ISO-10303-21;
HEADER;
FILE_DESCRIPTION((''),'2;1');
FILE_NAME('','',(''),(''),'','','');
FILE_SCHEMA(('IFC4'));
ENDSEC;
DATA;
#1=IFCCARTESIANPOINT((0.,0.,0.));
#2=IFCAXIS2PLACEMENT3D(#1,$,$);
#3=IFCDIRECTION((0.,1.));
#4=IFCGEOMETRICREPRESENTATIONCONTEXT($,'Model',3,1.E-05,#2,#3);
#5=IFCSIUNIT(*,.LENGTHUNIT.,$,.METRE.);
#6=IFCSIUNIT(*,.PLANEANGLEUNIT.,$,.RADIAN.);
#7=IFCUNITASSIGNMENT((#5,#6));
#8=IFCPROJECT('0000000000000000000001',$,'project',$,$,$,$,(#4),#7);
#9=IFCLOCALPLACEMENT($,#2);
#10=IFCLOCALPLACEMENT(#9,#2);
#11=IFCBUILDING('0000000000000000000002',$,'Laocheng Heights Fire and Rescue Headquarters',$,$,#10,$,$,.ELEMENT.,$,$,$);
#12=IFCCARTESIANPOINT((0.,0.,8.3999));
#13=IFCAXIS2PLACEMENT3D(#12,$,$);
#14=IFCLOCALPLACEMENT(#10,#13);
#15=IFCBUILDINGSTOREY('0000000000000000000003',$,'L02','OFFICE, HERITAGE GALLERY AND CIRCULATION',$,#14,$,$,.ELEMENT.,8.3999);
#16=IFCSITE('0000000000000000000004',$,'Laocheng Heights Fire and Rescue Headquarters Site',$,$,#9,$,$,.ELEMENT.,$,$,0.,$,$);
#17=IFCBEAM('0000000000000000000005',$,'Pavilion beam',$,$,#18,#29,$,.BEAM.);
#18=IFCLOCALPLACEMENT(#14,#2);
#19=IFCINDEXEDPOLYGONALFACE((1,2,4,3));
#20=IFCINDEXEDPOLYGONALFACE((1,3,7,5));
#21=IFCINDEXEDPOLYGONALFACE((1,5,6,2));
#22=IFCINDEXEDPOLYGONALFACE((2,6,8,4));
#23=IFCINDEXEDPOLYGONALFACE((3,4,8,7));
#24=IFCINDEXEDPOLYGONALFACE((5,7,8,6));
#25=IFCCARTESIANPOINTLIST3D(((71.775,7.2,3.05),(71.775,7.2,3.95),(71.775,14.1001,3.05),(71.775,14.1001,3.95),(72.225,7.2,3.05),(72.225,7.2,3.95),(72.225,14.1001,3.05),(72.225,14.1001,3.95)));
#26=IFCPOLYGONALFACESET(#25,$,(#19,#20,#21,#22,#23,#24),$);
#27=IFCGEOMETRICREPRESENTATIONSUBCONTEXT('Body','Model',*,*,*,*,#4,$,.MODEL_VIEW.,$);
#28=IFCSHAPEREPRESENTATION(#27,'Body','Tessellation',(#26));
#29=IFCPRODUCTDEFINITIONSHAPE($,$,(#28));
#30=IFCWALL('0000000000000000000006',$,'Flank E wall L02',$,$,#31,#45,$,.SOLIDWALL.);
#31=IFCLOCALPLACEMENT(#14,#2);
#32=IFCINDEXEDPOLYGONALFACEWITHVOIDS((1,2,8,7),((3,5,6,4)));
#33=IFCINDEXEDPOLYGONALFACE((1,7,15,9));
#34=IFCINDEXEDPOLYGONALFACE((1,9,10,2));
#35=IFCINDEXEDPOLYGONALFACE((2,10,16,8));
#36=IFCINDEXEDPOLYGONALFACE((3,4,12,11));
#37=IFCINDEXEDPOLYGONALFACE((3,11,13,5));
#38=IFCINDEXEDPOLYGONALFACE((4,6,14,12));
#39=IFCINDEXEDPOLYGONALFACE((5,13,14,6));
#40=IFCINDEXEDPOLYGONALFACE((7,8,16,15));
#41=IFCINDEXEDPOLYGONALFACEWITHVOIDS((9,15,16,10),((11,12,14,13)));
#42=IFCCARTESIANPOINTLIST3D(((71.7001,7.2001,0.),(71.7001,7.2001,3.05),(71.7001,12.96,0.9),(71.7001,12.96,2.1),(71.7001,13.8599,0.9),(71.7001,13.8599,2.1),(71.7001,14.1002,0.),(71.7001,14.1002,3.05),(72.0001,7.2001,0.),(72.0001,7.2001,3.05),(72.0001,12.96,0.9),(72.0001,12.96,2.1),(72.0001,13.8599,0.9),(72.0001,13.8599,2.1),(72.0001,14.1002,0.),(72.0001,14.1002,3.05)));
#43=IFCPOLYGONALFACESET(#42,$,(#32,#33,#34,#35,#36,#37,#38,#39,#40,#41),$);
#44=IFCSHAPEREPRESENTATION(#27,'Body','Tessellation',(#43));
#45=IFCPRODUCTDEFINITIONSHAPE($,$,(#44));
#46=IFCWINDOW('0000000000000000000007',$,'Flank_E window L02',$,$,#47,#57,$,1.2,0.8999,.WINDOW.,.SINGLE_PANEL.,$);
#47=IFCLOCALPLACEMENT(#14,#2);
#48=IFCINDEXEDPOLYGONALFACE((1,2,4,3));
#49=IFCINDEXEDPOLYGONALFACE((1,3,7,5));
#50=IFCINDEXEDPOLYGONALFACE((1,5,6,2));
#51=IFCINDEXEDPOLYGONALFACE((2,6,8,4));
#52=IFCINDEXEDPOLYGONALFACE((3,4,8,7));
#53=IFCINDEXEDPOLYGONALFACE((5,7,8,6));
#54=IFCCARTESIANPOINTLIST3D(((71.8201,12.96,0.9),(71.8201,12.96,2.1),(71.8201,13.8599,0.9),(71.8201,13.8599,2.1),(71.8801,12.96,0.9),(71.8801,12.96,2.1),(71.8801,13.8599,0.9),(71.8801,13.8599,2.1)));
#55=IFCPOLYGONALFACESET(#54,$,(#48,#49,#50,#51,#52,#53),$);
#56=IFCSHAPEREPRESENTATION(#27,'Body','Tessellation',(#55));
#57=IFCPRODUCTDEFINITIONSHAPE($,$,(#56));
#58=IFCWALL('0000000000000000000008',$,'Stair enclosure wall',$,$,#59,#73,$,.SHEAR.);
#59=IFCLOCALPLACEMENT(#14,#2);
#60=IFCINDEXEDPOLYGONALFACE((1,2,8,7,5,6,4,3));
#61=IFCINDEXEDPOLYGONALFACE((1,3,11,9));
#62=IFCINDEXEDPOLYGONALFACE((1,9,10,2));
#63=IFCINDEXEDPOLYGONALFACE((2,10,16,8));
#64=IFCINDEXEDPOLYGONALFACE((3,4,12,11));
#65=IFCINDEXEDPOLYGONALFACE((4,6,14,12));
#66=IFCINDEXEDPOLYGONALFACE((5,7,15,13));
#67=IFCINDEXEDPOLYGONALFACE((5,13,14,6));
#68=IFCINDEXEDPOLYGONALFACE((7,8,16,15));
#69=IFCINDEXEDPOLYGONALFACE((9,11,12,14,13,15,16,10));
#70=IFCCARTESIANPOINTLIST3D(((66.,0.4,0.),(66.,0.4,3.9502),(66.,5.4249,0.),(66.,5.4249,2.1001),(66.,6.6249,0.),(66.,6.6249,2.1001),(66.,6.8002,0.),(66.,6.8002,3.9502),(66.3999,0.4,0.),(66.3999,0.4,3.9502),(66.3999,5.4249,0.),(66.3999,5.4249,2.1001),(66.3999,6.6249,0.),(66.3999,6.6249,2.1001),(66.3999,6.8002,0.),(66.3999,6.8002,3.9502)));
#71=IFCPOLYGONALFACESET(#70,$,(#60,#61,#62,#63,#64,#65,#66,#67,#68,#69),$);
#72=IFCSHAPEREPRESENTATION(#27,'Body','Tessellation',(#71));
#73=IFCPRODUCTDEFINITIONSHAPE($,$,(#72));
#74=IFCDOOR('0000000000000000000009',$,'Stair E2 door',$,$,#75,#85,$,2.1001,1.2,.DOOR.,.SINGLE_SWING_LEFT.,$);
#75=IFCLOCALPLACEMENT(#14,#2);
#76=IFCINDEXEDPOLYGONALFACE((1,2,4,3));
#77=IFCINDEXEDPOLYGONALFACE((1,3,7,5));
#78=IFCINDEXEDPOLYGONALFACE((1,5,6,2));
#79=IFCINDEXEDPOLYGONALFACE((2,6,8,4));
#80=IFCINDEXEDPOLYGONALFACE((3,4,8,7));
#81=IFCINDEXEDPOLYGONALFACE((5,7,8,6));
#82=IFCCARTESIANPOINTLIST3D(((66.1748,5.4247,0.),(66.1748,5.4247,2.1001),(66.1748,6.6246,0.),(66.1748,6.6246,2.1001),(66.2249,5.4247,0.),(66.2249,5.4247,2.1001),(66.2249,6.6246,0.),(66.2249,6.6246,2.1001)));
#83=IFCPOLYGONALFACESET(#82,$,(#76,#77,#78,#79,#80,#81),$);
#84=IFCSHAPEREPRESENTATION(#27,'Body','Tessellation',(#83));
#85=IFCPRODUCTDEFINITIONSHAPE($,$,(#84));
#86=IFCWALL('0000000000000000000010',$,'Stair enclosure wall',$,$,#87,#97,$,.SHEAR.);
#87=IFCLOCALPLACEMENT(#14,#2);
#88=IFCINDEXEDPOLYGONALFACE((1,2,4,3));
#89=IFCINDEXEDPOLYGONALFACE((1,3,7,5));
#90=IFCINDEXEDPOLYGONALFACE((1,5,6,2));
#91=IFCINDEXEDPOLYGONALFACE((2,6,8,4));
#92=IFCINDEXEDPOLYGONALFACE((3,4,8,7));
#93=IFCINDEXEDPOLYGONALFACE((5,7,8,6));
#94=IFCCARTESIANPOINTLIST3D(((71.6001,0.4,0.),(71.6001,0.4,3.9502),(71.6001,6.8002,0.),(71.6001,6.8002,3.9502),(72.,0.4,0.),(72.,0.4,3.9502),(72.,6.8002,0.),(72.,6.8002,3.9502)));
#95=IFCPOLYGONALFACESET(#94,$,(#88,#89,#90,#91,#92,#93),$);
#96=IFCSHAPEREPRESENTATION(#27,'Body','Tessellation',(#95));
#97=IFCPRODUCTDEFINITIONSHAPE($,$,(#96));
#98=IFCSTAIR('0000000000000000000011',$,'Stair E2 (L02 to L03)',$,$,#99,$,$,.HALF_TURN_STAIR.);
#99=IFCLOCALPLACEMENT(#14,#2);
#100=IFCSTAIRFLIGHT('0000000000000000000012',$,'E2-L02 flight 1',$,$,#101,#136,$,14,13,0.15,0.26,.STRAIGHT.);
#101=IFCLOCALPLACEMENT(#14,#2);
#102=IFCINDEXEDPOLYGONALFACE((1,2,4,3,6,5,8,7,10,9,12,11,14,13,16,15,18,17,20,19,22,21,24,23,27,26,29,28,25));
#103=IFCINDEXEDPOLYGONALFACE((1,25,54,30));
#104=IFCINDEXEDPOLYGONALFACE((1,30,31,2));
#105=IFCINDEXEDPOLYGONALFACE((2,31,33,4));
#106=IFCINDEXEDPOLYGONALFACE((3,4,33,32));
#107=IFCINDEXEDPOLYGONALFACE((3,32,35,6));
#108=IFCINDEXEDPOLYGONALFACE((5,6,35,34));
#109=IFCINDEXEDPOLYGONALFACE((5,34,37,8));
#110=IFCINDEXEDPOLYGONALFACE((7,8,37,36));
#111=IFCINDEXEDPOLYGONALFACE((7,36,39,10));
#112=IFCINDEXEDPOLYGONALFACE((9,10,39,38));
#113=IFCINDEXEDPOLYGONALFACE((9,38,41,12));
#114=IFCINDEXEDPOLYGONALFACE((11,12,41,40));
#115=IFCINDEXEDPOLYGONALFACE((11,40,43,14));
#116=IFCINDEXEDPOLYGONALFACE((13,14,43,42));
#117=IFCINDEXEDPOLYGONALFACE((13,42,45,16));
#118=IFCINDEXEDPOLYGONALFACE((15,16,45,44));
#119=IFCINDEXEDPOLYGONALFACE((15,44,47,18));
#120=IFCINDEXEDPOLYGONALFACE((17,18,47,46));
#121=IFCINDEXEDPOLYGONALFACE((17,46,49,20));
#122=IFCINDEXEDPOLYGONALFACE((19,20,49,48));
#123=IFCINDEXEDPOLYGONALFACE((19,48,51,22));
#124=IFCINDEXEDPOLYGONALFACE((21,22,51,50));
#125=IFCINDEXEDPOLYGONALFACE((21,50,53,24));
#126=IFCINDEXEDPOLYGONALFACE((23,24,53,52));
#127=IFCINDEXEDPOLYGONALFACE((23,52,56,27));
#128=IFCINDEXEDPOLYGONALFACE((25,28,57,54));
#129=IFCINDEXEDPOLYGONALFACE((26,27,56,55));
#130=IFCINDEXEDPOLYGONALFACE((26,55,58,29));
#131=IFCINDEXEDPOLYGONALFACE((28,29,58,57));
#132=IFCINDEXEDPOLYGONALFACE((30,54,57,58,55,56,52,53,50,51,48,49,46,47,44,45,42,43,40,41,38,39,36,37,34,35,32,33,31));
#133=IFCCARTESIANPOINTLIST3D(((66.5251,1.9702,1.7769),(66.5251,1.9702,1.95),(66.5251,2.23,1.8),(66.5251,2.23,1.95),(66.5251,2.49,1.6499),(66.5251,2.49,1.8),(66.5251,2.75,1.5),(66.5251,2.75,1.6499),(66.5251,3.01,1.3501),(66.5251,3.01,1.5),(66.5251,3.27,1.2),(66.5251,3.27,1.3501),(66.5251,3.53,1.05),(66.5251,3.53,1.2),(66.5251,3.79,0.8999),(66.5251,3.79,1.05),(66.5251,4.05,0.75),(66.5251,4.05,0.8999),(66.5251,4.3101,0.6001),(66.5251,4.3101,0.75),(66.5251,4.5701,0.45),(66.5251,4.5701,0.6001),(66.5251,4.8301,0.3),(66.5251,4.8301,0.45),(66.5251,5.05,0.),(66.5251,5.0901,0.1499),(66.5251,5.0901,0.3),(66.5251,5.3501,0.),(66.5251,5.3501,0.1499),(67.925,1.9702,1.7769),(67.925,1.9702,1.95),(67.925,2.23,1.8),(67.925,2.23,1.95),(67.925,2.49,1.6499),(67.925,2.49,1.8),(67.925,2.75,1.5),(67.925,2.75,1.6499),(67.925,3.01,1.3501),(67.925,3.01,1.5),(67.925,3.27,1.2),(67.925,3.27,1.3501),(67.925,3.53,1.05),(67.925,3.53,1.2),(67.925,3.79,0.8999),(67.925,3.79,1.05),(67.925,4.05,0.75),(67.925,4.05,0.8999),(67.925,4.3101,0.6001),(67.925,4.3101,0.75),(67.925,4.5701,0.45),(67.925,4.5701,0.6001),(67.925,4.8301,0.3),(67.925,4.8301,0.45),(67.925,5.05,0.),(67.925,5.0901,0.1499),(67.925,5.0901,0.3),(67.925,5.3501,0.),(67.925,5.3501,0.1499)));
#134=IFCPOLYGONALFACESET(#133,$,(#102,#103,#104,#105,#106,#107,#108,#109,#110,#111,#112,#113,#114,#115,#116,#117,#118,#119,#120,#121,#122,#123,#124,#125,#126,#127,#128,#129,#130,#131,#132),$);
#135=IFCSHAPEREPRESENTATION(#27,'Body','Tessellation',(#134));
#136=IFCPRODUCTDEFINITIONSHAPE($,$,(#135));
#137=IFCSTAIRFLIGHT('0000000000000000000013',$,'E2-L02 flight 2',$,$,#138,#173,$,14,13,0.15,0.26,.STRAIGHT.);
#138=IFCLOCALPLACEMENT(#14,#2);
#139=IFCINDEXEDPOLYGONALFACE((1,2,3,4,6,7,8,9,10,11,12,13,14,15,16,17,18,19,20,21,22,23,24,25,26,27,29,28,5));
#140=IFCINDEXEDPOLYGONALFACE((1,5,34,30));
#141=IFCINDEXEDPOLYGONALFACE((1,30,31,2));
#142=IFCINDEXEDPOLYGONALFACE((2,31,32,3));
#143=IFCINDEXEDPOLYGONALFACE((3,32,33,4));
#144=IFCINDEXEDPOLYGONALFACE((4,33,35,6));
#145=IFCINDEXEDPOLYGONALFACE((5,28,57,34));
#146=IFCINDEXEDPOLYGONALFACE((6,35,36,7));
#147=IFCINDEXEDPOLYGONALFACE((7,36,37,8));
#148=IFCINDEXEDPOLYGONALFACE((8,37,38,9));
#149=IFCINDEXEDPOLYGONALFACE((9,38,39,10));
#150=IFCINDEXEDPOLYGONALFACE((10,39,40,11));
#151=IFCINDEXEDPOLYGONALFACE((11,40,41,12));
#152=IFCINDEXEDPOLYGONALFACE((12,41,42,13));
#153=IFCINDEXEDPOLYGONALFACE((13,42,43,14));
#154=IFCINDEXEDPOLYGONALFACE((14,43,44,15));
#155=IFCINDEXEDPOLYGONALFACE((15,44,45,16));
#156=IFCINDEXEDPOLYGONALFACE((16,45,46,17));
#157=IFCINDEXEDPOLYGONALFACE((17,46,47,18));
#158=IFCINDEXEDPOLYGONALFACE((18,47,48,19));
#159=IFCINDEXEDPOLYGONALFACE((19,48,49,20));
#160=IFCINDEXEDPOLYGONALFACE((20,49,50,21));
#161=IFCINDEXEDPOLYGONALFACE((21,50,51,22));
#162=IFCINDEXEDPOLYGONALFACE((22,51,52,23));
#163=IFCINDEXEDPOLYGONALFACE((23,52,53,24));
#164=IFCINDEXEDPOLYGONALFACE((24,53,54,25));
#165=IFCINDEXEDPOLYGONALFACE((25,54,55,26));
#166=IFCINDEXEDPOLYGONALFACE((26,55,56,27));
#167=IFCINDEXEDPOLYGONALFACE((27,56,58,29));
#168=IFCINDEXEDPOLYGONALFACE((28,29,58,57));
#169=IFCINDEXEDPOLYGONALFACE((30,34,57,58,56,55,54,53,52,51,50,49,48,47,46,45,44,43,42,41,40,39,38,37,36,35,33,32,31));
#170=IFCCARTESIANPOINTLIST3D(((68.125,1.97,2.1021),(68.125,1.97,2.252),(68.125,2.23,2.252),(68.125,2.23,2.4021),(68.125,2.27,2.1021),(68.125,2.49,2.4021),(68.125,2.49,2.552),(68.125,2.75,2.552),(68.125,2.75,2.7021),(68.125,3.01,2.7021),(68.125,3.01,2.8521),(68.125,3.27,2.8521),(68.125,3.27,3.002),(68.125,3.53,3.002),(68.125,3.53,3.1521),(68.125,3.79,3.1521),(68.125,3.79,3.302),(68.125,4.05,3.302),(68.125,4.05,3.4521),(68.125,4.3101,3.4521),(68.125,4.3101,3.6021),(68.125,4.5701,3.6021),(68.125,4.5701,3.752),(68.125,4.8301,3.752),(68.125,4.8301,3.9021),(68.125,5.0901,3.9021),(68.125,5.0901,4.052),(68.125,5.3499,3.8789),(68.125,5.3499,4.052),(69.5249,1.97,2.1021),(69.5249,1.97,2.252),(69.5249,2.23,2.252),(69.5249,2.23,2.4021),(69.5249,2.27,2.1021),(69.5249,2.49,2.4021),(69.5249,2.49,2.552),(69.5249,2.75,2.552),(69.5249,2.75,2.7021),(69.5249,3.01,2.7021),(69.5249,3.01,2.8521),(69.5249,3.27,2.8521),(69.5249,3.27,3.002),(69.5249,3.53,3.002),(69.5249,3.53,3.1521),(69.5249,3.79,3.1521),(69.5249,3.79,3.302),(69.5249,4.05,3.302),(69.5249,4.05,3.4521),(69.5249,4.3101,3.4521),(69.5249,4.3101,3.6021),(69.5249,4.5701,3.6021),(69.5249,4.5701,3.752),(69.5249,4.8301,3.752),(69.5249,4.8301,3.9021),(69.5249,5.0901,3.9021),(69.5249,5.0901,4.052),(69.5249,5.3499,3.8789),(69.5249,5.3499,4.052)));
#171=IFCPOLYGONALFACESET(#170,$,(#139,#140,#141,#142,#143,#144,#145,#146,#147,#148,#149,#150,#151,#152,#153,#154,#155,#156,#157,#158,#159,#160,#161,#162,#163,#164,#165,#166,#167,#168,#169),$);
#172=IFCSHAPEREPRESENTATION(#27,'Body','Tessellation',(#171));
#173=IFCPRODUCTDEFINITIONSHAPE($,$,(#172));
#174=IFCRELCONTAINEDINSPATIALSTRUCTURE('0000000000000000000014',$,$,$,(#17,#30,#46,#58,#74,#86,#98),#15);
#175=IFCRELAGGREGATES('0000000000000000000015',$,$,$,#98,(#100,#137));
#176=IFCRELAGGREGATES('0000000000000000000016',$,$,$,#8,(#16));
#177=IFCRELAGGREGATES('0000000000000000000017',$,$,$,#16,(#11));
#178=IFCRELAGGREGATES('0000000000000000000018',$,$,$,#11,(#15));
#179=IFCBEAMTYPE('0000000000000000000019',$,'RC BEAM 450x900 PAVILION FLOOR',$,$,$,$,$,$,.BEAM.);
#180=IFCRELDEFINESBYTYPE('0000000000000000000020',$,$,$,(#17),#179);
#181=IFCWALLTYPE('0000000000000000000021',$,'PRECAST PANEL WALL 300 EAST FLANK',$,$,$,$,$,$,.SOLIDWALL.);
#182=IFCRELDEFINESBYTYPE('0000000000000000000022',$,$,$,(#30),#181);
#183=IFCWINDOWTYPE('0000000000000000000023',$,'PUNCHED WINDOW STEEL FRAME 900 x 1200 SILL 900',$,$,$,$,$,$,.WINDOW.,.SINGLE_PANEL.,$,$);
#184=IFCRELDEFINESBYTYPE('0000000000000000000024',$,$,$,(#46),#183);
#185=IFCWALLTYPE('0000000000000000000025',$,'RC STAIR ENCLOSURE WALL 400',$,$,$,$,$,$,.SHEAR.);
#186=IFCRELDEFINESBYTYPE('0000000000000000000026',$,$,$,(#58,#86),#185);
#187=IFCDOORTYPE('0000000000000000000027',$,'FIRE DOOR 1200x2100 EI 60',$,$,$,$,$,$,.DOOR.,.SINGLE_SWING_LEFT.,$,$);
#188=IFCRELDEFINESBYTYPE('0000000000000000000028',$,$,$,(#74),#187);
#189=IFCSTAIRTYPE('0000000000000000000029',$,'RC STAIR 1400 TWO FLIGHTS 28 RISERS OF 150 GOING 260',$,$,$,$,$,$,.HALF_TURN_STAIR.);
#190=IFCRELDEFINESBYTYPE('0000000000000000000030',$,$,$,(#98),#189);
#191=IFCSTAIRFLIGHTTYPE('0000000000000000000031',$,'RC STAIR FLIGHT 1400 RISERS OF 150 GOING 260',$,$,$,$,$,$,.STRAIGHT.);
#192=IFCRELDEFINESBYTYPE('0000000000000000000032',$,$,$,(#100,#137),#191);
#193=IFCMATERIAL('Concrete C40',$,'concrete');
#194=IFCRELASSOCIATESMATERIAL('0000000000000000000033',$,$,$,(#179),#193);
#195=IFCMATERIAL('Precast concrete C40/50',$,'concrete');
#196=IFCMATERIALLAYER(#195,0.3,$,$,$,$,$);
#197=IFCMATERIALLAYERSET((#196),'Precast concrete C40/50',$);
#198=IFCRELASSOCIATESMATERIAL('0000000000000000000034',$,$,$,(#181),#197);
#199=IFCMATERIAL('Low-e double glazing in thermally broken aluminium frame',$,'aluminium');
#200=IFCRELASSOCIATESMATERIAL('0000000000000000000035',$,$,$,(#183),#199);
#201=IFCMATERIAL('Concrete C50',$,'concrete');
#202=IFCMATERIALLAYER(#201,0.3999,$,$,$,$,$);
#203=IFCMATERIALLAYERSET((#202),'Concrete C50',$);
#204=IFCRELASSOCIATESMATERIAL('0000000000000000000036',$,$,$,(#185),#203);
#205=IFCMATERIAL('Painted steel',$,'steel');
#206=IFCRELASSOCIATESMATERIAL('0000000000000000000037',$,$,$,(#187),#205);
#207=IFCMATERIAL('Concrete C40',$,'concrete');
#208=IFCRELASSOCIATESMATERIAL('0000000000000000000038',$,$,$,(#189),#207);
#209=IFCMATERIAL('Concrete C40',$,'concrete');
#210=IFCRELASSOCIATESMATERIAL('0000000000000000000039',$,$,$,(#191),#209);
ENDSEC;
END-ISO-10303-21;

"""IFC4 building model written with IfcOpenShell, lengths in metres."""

from ifc_helpers import new_model, si_unit, direction, frame, frame_2d, origin, origin_2d, place, context, subcontext, project, spatial, polyline, rectangle, outline, extrude, material, layer, layer_set, material_profile, profile_set, type_object, element, fill, aggregate, save


model = new_model("IFC4")

# Units and contexts
model_context = context("Model", 3, precision=1e-05, world=origin(), true_north=direction((0.0, 1.0)))
body_context = subcontext(model_context, "Body", "Model", "MODEL_VIEW")
ifc_project = project(units=[si_unit("LENGTHUNIT", "METRE"), si_unit("PLANEANGLEUNIT", "RADIAN")], contexts=[model_context])

# Site, building, storey
site_placement = place(None, origin())
site = spatial("IfcSite", under=ifc_project, at=site_placement, Name="Laocheng Heights Fire and Rescue Headquarters Site", CompositionType="ELEMENT", RefElevation=0.0)
building_placement = place(site_placement, origin())
building = spatial("IfcBuilding", under=site, at=building_placement, Name="Laocheng Heights Fire and Rescue Headquarters", CompositionType="ELEMENT")
storey_placement = place(building_placement, frame((0.0, 0.0, 8.3999)))
storey = spatial("IfcBuildingStorey", under=building, at=storey_placement, Name="L02", Description="OFFICE, HERITAGE GALLERY AND CIRCULATION", CompositionType="ELEMENT", Elevation=8.3999)

# Beam
ifc_material_1 = material(Name="Concrete C40", Category="concrete")
ifc_material_profile = material_profile(ifc_material_1, rectangle(XDim=0.45, YDim=0.8999, at=origin_2d()), Name="RC BEAM 450x900 PAVILION FLOOR")
ifc_profile_set = profile_set([ifc_material_profile], Name="Concrete C40")
beam_type = type_object("IfcBeamType", Name="RC BEAM 450x900 PAVILION FLOOR", PredefinedType="BEAM", material=ifc_profile_set)
beam_placement = place(storey_placement, frame((72.0, 7.2, 3.5), z_axis=(0.0, 1.0, 0.0), x_axis=(-1.0, 0.0, 0.0)))
element("IfcBeam", 1, at=beam_placement, inside=storey, type_object=beam_type, Name="Pavilion beam", PredefinedType="BEAM", context=body_context, shape_type="SweptSolid", body=[
    extrude(rectangle(XDim=0.45, YDim=0.8999, at=origin_2d()), origin(), (0.0, 0.0, 1.0), 6.9001),
])

# Wall, opening, window
ifc_material_2 = material(Name="Precast concrete C40/50", Category="concrete")
ifc_layer_1 = layer(ifc_material_2, 0.3)
ifc_layer_set_1 = layer_set([ifc_layer_1], Name="Precast concrete C40/50")
wall_type_1 = type_object("IfcWallType", Name="PRECAST PANEL WALL 300 EAST FLANK", PredefinedType="SOLIDWALL", material=ifc_layer_set_1)
wall_1_placement = place(storey_placement, frame((71.8501, 7.2, 0.0), z_axis=(0.0, 0.0, 1.0), x_axis=(0.0, 1.0, 0.0)))
wall_1 = element("IfcWall", 2, at=wall_1_placement, inside=storey, type_object=wall_type_1, Name="Flank E wall L02", PredefinedType="SOLIDWALL", context=body_context, shape_type="SweptSolid", body=[
    extrude(rectangle(XDim=6.9001, YDim=0.3, at=frame_2d((3.4502, 0.0))), origin(), (0.0, 0.0, 1.0), 3.05),
])
opening_1_placement = place(wall_1_placement, frame((5.76, 0.0, 0.8999)))
opening_1 = element("IfcOpeningElement", 3, at=opening_1_placement, cuts=wall_1, PredefinedType="OPENING", context=body_context, shape_type="SweptSolid", body=[
    extrude(rectangle(XDim=0.8999, YDim=1.2, at=frame_2d((0.45, 0.6001))), frame((0.0, 0.1599, 0.0), z_axis=(0.0, -1.0, 0.0), x_axis=(1.0, 0.0, 0.0)), (0.0, 0.0, 1.0), 0.3201),
])
ifc_material_3 = material(Name="Low-e double glazing in thermally broken aluminium frame", Category="aluminium")
window_type = type_object("IfcWindowType", Name="PUNCHED WINDOW STEEL FRAME 900 x 1200 SILL 900", PartitioningType="SINGLE_PANEL", PredefinedType="WINDOW", material=ifc_material_3)
window_placement = place(opening_1_placement, origin())
window = element("IfcWindow", 4, at=window_placement, inside=storey, type_object=window_type, Name="Flank_E window L02", OverallHeight=1.2, OverallWidth=0.8999, PartitioningType="SINGLE_PANEL", PredefinedType="WINDOW", context=body_context, shape_type="SweptSolid", body=[
    extrude(rectangle(XDim=0.8999, YDim=1.2, at=frame_2d((0.45, 0.6001))), frame((0.0, 0.03, 0.0), z_axis=(0.0, -1.0, 0.0), x_axis=(1.0, 0.0, 0.0)), (0.0, 0.0, 1.0), 0.0601),
])
fill(opening_1, window)

# Wall, opening, door
ifc_material_4 = material(Name="Concrete C50", Category="concrete")
ifc_layer_2 = layer(ifc_material_4, 0.3999)
ifc_layer_set_2 = layer_set([ifc_layer_2], Name="Concrete C50")
wall_type_2 = type_object("IfcWallType", Name="RC STAIR ENCLOSURE WALL 400", PredefinedType="SHEAR", material=ifc_layer_set_2)
wall_2_placement = place(storey_placement, frame((66.2, 0.3999, 0.0), z_axis=(0.0, 0.0, 1.0), x_axis=(0.0, 1.0, 0.0)))
wall_2 = element("IfcWall", 5, at=wall_2_placement, inside=storey, type_object=wall_type_2, Name="Stair enclosure wall", PredefinedType="SHEAR", context=body_context, shape_type="SweptSolid", body=[
    extrude(rectangle(XDim=6.4001, YDim=0.3999, at=frame_2d((3.2002, 0.0))), origin(), (0.0, 0.0, 1.0), 3.9502),
])
opening_2_placement = place(wall_2_placement, frame((5.0249, 0.0, 0.0)))
opening_2 = element("IfcOpeningElement", 6, at=opening_2_placement, cuts=wall_2, PredefinedType="OPENING", context=body_context, shape_type="SweptSolid", body=[
    extrude(rectangle(XDim=1.2, YDim=2.1001, at=frame_2d((0.6001, 1.05))), frame((0.0, 0.21, 0.0), z_axis=(0.0, -1.0, 0.0), x_axis=(1.0, 0.0, 0.0)), (0.0, 0.0, 1.0), 0.4199),
])
ifc_material_5 = material(Name="Painted steel", Category="steel")
door_type = type_object("IfcDoorType", Name="FIRE DOOR 1200x2100 EI 60", OperationType="SINGLE_SWING_LEFT", PredefinedType="DOOR", material=ifc_material_5)
door_placement = place(opening_2_placement, frame((1.2, 0.0, 0.0), z_axis=(0.0, 0.0, 1.0), x_axis=(-1.0, 0.0, 0.0)))
door = element("IfcDoor", 7, at=door_placement, inside=storey, type_object=door_type, Name="Stair E2 door", OperationType="SINGLE_SWING_LEFT", OverallHeight=2.1001, OverallWidth=1.2, PredefinedType="DOOR", context=body_context, shape_type="SweptSolid", body=[
    extrude(rectangle(XDim=1.2, YDim=2.1001, at=frame_2d((0.6001, 1.05))), frame((0.0, 0.0249, 0.0), z_axis=(0.0, -1.0, 0.0), x_axis=(1.0, 0.0, 0.0)), (0.0, 0.0, 1.0), 0.05),
])
fill(opening_2, door)

# Wall
wall_3_placement = place(storey_placement, frame((71.8, 0.3999, 0.0), z_axis=(0.0, 0.0, 1.0), x_axis=(0.0, 1.0, 0.0)))
element("IfcWall", 8, at=wall_3_placement, inside=storey, type_object=wall_type_2, Name="Stair enclosure wall", PredefinedType="SHEAR", context=body_context, shape_type="SweptSolid", body=[
    extrude(rectangle(XDim=6.4001, YDim=0.3999, at=frame_2d((3.2002, 0.0))), origin(), (0.0, 0.0, 1.0), 3.9502),
])

# Stair, stair flights
ifc_material_6 = material(Name="Concrete C40", Category="concrete")
stair_type = type_object("IfcStairType", Name="RC STAIR 1400 TWO FLIGHTS 28 RISERS OF 150 GOING 260", PredefinedType="HALF_TURN_STAIR", material=ifc_material_6)
stair_placement = place(storey_placement, origin())
stair = element("IfcStair", 9, at=stair_placement, inside=storey, type_object=stair_type, Name="Stair E2 (L02 to L03)", PredefinedType="HALF_TURN_STAIR")
ifc_material_7 = material(Name="Concrete C40", Category="concrete")
stair_flight_type = type_object("IfcStairFlightType", Name="RC STAIR FLIGHT 1400 RISERS OF 150 GOING 260", PredefinedType="STRAIGHT", material=ifc_material_7)
stair_flight_1_placement = place(storey_placement, frame((67.2251, 5.3501, 0.0), z_axis=(0.0, 0.0, 1.0), x_axis=(0.0, -1.0, 0.0)))
stair_flight_1 = element("IfcStairFlight", 10, at=stair_flight_1_placement, type_object=stair_flight_type, Name="E2-L02 flight 1", NumberOfRisers=14, NumberOfTreads=13, PredefinedType="STRAIGHT", RiserHeight=0.15, TreadLength=0.26, context=body_context, shape_type="SweptSolid", body=[
    extrude(outline(polyline([(0.0, 0.0), (0.0, 0.1499), (0.26, 0.1499), (0.26, 0.3), (0.52, 0.3), (0.52, 0.45), (0.78, 0.45), (0.78, 0.6001), (1.04, 0.6001), (1.04, 0.75), (1.3, 0.75), (1.3, 0.8999), (1.5601, 0.8999), (1.5601, 1.05), (1.8201, 1.05), (1.8201, 1.2), (2.0801, 1.2), (2.0801, 1.3501), (2.3401, 1.3501), (2.3401, 1.5), (2.6001, 1.5), (2.6001, 1.6499), (2.8601, 1.6499), (2.8601, 1.8), (3.1201, 1.8), (3.1201, 1.95), (3.3799, 1.95), (3.3799, 2.1001), (3.3799, 1.7769), (0.3, 0.0), (0.0, 0.0)])), frame((0.0, 0.7, 0.0), z_axis=(0.0, -1.0, 0.0), x_axis=(1.0, 0.0, 0.0)), (0.0, 0.0, 1.0), 1.3999),
])
stair_flight_2_placement = place(storey_placement, frame((68.825, 1.97, 2.1021), z_axis=(0.0, 0.0, 1.0), x_axis=(0.0, 1.0, 0.0)))
stair_flight_2 = element("IfcStairFlight", 11, at=stair_flight_2_placement, type_object=stair_flight_type, Name="E2-L02 flight 2", NumberOfRisers=14, NumberOfTreads=13, PredefinedType="STRAIGHT", RiserHeight=0.15, TreadLength=0.26, context=body_context, shape_type="SweptSolid", body=[
    extrude(outline(polyline([(0.0, 0.0), (0.0, 0.1499), (0.26, 0.1499), (0.26, 0.3), (0.52, 0.3), (0.52, 0.45), (0.78, 0.45), (0.78, 0.6001), (1.04, 0.6001), (1.04, 0.75), (1.3, 0.75), (1.3, 0.8999), (1.5601, 0.8999), (1.5601, 1.05), (1.8201, 1.05), (1.8201, 1.2), (2.0801, 1.2), (2.0801, 1.3501), (2.3401, 1.3501), (2.3401, 1.5), (2.6001, 1.5), (2.6001, 1.6499), (2.8601, 1.6499), (2.8601, 1.8), (3.1201, 1.8), (3.1201, 1.95), (3.3799, 1.95), (3.3799, 2.1001), (3.3799, 1.7769), (0.3, 0.0), (0.0, 0.0)])), frame((0.0, 0.7, 0.0), z_axis=(0.0, -1.0, 0.0), x_axis=(1.0, 0.0, 0.0)), (0.0, 0.0, 1.0), 1.3999),
])
aggregate(stair, [stair_flight_1, stair_flight_2])

save(model, "model.ifc")
